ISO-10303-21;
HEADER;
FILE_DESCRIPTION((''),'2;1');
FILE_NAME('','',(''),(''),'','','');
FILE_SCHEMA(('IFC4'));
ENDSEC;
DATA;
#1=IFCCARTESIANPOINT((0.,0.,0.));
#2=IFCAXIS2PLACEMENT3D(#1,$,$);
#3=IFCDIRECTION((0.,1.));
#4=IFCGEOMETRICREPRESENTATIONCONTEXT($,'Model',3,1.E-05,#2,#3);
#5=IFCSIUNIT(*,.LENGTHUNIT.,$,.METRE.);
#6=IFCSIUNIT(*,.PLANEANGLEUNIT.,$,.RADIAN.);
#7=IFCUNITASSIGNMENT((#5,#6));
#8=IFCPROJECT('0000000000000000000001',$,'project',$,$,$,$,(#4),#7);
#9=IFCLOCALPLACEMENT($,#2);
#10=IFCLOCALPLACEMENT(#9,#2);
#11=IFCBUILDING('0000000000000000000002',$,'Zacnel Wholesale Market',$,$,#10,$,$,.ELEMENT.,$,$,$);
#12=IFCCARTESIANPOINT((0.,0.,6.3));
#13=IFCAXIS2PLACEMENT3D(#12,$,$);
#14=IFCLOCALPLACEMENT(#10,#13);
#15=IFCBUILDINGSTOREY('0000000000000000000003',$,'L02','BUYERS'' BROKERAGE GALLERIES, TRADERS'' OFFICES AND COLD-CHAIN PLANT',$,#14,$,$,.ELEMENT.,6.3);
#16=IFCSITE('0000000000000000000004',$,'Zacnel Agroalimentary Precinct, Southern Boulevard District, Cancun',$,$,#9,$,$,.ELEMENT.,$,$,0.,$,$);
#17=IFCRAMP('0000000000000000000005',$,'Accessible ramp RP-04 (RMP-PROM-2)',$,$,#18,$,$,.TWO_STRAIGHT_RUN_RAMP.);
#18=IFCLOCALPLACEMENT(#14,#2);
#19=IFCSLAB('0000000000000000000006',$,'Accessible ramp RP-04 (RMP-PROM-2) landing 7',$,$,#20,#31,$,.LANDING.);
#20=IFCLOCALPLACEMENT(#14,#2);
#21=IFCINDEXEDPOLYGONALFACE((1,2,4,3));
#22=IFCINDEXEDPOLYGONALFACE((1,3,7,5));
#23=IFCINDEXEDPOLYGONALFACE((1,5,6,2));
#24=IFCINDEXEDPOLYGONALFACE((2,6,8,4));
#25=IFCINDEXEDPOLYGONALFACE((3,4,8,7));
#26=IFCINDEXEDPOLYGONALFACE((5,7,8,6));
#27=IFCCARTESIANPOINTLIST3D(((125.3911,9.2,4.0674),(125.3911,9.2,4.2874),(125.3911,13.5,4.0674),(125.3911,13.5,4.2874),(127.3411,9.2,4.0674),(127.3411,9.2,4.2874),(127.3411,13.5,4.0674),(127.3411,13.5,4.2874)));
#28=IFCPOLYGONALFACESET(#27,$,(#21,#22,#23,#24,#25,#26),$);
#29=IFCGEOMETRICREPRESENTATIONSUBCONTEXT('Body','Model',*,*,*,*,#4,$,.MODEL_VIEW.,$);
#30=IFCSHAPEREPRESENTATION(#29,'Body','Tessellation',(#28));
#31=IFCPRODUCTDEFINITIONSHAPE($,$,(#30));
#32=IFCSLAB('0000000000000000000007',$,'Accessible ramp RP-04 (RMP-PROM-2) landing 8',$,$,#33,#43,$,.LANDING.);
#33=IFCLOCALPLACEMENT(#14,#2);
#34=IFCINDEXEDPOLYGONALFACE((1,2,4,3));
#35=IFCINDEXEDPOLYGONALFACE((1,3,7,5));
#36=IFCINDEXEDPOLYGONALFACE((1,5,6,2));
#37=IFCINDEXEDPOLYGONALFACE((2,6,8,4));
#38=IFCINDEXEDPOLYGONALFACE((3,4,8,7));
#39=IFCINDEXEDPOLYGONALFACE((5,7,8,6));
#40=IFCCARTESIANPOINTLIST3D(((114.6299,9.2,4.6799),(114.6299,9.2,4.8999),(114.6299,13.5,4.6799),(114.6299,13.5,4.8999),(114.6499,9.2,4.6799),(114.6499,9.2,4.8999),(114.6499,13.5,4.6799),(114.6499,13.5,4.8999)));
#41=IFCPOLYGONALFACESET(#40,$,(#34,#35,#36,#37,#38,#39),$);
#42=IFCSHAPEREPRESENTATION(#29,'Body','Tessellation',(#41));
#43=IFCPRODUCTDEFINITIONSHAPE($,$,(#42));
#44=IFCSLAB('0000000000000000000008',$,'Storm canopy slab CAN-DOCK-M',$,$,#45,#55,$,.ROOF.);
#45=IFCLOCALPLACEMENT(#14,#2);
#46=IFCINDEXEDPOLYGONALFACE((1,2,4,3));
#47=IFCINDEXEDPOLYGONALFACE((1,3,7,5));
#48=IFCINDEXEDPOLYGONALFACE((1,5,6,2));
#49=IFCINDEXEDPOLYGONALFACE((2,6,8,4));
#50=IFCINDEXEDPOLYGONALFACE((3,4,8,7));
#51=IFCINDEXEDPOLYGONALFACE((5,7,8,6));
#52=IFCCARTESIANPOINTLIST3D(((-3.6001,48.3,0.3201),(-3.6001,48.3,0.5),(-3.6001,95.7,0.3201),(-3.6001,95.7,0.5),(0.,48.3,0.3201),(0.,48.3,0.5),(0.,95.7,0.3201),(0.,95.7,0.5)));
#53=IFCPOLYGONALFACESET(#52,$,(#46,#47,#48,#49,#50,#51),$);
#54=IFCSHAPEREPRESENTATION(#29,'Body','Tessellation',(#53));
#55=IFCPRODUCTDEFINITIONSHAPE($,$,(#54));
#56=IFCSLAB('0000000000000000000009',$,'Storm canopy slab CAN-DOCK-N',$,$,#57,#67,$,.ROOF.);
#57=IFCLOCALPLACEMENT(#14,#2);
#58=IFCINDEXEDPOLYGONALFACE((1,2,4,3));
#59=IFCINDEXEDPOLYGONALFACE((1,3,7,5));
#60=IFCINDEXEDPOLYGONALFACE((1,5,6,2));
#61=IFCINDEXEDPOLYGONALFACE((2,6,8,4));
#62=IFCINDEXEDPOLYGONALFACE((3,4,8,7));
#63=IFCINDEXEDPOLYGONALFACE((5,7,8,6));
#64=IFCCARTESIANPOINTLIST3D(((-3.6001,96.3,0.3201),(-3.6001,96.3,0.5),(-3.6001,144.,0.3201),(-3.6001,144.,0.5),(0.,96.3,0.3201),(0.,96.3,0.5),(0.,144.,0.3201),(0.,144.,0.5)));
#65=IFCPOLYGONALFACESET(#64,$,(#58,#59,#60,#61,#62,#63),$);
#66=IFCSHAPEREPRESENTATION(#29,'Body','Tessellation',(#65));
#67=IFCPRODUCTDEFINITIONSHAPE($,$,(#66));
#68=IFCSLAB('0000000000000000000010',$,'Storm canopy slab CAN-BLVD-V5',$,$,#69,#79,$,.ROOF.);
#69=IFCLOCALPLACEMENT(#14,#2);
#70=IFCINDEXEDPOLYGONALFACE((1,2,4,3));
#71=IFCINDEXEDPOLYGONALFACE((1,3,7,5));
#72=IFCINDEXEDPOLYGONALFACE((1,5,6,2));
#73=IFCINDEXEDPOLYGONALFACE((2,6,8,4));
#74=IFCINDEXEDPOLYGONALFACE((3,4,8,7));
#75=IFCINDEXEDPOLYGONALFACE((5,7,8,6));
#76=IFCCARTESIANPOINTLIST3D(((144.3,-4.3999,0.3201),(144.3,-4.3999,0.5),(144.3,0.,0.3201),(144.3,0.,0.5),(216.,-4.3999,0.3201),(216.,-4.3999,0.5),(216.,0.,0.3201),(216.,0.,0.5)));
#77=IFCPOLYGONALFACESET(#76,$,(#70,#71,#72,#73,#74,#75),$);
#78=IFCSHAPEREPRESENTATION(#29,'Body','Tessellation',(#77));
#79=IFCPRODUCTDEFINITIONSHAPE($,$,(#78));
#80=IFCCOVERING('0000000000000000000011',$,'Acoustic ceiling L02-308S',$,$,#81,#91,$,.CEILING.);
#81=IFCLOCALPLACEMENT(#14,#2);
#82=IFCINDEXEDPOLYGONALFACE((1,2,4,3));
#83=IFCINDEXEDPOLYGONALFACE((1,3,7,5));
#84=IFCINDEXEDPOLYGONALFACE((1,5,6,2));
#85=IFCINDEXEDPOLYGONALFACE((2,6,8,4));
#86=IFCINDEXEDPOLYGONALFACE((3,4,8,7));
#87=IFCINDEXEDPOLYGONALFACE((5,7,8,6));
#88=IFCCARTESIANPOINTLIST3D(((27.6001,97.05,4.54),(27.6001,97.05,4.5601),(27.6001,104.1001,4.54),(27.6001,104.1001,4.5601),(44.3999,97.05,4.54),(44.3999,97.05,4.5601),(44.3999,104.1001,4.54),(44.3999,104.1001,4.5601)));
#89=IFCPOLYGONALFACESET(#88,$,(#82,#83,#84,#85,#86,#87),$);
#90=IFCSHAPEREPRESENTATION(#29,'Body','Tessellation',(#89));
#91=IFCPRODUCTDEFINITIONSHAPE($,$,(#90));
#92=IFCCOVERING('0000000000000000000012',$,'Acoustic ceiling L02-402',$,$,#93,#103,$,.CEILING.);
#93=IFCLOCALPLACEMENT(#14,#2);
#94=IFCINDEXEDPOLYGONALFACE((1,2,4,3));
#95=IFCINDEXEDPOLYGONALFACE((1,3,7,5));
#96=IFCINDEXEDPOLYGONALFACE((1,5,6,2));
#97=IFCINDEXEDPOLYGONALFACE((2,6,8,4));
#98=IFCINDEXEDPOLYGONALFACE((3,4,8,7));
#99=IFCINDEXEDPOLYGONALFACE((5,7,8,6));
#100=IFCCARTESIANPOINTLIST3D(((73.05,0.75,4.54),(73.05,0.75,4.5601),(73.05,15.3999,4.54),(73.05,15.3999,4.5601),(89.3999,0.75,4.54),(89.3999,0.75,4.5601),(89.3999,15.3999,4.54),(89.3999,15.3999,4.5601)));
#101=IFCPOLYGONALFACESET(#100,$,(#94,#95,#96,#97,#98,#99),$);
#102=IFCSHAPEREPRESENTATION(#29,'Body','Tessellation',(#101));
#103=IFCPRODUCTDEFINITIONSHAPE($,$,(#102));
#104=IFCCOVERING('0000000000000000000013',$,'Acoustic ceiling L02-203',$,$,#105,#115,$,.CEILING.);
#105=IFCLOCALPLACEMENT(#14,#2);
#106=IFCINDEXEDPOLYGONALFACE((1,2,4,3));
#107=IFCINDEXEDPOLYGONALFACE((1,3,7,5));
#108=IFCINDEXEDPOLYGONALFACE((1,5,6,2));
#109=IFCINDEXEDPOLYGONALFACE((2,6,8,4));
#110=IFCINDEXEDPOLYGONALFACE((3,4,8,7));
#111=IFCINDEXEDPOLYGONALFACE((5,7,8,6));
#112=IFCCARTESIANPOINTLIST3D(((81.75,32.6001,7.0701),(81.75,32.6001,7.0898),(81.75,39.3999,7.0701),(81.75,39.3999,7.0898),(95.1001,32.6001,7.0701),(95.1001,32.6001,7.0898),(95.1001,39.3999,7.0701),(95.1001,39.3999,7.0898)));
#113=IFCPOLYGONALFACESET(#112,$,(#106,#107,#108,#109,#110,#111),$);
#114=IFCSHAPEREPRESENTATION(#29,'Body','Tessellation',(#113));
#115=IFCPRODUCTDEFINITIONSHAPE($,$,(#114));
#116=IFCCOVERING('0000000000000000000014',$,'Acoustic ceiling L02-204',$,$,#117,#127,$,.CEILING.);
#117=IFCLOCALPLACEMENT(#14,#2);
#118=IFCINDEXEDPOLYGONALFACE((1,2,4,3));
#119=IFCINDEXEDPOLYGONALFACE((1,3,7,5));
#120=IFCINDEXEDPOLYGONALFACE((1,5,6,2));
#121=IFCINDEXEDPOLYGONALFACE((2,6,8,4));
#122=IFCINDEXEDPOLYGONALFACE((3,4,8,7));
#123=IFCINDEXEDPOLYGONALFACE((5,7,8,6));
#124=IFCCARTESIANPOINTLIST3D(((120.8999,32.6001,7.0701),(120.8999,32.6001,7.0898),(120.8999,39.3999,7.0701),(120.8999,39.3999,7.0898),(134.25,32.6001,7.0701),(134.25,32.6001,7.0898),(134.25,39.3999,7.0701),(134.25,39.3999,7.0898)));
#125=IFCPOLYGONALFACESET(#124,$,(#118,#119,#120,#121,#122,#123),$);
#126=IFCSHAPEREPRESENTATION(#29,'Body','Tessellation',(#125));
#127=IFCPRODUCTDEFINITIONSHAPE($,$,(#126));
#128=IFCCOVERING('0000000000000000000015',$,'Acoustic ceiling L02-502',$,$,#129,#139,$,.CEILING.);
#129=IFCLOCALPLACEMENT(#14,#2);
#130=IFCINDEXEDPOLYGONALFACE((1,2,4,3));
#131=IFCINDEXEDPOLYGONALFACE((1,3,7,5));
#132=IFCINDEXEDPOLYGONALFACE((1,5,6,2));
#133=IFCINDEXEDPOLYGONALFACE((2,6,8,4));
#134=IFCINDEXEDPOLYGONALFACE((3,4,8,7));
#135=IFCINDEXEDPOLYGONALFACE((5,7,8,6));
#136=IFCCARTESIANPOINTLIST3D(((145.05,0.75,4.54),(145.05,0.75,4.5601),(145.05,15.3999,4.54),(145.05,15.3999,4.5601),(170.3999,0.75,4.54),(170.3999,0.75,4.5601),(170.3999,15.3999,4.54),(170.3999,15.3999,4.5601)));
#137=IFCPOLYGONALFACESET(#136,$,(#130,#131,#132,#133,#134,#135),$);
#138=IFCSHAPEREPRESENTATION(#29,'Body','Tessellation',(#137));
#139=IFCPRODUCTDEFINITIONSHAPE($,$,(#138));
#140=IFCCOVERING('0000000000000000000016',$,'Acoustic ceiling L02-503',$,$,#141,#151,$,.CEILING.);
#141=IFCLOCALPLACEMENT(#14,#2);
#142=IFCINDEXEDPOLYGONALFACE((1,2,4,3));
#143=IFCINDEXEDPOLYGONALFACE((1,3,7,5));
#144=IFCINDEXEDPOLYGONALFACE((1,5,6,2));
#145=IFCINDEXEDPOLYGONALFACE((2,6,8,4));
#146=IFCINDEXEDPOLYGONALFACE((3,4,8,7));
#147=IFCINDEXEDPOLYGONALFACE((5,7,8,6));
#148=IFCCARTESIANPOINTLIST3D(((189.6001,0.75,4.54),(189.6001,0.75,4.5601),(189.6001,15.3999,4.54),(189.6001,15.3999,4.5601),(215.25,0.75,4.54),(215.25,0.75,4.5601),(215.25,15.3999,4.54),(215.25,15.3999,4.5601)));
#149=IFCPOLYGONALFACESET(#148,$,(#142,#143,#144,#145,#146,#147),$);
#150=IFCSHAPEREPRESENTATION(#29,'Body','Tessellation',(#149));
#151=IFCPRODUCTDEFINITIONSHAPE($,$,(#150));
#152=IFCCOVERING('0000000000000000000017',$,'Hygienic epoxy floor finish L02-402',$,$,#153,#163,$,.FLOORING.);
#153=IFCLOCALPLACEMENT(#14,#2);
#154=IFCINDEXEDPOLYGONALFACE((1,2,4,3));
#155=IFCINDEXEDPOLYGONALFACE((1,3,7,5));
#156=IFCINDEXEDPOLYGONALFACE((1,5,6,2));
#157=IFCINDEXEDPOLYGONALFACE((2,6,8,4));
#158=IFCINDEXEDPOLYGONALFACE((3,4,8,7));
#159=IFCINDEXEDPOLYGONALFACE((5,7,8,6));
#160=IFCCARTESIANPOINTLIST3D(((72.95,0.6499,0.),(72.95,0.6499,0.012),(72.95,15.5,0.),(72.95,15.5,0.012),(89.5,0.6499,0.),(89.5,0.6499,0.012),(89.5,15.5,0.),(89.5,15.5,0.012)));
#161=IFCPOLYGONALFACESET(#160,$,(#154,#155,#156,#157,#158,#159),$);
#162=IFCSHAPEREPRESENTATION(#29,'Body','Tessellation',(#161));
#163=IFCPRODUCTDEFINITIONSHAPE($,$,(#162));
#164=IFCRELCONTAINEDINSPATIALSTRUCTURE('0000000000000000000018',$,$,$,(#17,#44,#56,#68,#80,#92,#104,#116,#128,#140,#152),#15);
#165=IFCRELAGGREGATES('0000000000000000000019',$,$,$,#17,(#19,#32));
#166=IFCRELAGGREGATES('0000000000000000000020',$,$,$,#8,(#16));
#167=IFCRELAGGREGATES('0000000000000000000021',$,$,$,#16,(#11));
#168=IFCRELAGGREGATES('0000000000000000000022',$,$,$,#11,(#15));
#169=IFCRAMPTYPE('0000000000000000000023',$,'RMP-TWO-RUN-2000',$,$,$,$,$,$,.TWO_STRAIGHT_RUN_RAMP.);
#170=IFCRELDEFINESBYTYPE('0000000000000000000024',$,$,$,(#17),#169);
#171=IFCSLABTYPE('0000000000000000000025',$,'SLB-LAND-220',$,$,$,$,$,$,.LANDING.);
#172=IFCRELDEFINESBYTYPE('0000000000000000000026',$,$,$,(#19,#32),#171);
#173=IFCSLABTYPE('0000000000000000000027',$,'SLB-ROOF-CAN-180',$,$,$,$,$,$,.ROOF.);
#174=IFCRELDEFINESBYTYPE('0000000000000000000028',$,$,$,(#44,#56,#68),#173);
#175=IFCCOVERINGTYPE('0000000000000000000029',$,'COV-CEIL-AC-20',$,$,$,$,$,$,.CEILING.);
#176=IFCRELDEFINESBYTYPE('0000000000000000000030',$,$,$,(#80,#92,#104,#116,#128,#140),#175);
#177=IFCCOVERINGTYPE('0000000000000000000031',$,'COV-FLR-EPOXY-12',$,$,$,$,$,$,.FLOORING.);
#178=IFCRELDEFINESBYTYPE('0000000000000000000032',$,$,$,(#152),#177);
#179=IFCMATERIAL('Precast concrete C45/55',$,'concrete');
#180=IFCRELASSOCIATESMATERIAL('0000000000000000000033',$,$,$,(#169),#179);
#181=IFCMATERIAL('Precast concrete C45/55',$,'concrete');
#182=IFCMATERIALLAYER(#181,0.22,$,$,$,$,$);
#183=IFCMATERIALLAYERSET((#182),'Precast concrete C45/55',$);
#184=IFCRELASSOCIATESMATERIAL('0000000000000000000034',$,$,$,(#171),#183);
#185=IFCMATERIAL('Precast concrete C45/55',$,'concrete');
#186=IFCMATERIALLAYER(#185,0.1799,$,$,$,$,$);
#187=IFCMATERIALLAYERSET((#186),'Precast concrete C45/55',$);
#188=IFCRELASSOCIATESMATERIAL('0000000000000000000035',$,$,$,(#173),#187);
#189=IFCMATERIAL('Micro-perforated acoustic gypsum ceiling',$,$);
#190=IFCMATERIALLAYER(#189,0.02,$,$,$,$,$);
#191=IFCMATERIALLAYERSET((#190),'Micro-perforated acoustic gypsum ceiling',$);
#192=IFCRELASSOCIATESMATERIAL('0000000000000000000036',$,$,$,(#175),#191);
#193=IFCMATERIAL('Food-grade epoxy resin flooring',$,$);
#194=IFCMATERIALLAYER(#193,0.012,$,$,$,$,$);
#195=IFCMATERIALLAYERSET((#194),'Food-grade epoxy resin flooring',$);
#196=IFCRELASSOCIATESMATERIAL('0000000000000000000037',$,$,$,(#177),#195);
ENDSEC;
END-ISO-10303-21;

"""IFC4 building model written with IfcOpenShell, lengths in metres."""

from ifc_helpers import new_model, si_unit, direction, frame, origin, place, context, subcontext, project, spatial, polyline, outline, extrude, material, layer, layer_set, type_object, element, aggregate, save


model = new_model("IFC4")

# Units and contexts
model_context = context("Model", 3, precision=1e-05, world=origin(), true_north=direction((0.0, 1.0)))
body_context = subcontext(model_context, "Body", "Model", "MODEL_VIEW")
ifc_project = project(units=[si_unit("LENGTHUNIT", "METRE"), si_unit("PLANEANGLEUNIT", "RADIAN")], contexts=[model_context])

# Site, building, storey
site_placement = place(None, origin())
site = spatial("IfcSite", under=ifc_project, at=site_placement, Name="Zacnel Agroalimentary Precinct, Southern Boulevard District, Cancun", CompositionType="ELEMENT", RefElevation=0.0)
building_placement = place(site_placement, origin())
building = spatial("IfcBuilding", under=site, at=building_placement, Name="Zacnel Wholesale Market", CompositionType="ELEMENT")
storey_placement = place(building_placement, frame((0.0, 0.0, 6.3)))
storey = spatial("IfcBuildingStorey", under=building, at=storey_placement, Name="L02", Description="BUYERS' BROKERAGE GALLERIES, TRADERS' OFFICES AND COLD-CHAIN PLANT", CompositionType="ELEMENT", Elevation=6.3)

# Ramp, slabs
ifc_material_1 = material(Name="Precast concrete C45/55", Category="concrete")
ramp_type = type_object("IfcRampType", Name="RMP-TWO-RUN-2000", PredefinedType="TWO_STRAIGHT_RUN_RAMP", material=ifc_material_1)
ramp_placement = place(storey_placement, origin())
ramp = element("IfcRamp", 1, at=ramp_placement, inside=storey, type_object=ramp_type, Name="Accessible ramp RP-04 (RMP-PROM-2)", PredefinedType="TWO_STRAIGHT_RUN_RAMP")
ifc_material_2 = material(Name="Precast concrete C45/55", Category="concrete")
ifc_layer_1 = layer(ifc_material_2, 0.22)
ifc_layer_set_1 = layer_set([ifc_layer_1], Name="Precast concrete C45/55")
slab_type_1 = type_object("IfcSlabType", Name="SLB-LAND-220", PredefinedType="LANDING", material=ifc_layer_set_1)
slab_1_placement = place(storey_placement, frame((0.0, 0.0, 4.0674)))
slab_1 = element("IfcSlab", 2, at=slab_1_placement, type_object=slab_type_1, Name="Accessible ramp RP-04 (RMP-PROM-2) landing 7", PredefinedType="LANDING", context=body_context, shape_type="SweptSolid", body=[
    extrude(outline(polyline([(125.3911, 9.2), (127.3411, 9.2), (127.3411, 13.5), (125.3911, 13.5), (125.3911, 9.2)])), origin(), (0.0, 0.0, 1.0), 0.22),
])
slab_2_placement = place(storey_placement, frame((0.0, 0.0, 4.6799)))
slab_2 = element("IfcSlab", 3, at=slab_2_placement, type_object=slab_type_1, Name="Accessible ramp RP-04 (RMP-PROM-2) landing 8", PredefinedType="LANDING", context=body_context, shape_type="SweptSolid", body=[
    extrude(outline(polyline([(114.6299, 9.2), (114.6499, 9.2), (114.6499, 13.5), (114.6299, 13.5), (114.6299, 9.2)])), origin(), (0.0, 0.0, 1.0), 0.22),
])
aggregate(ramp, [slab_1, slab_2])

# Slabs
ifc_material_3 = material(Name="Precast concrete C45/55", Category="concrete")
ifc_layer_2 = layer(ifc_material_3, 0.1799)
ifc_layer_set_2 = layer_set([ifc_layer_2], Name="Precast concrete C45/55")
slab_type_2 = type_object("IfcSlabType", Name="SLB-ROOF-CAN-180", PredefinedType="ROOF", material=ifc_layer_set_2)
slab_3_placement = place(storey_placement, frame((0.0, 0.0, 0.3201)))
element("IfcSlab", 4, at=slab_3_placement, inside=storey, type_object=slab_type_2, Name="Storm canopy slab CAN-DOCK-M", PredefinedType="ROOF", context=body_context, shape_type="SweptSolid", body=[
    extrude(outline(polyline([(-3.6001, 48.3), (0.0, 48.3), (0.0, 95.7), (-3.6001, 95.7), (-3.6001, 48.3)])), origin(), (0.0, 0.0, 1.0), 0.1799),
])
slab_4_placement = place(storey_placement, frame((0.0, 0.0, 0.3201)))
element("IfcSlab", 5, at=slab_4_placement, inside=storey, type_object=slab_type_2, Name="Storm canopy slab CAN-DOCK-N", PredefinedType="ROOF", context=body_context, shape_type="SweptSolid", body=[
    extrude(outline(polyline([(-3.6001, 96.3), (0.0, 96.3), (0.0, 144.0), (-3.6001, 144.0), (-3.6001, 96.3)])), origin(), (0.0, 0.0, 1.0), 0.1799),
])
slab_5_placement = place(storey_placement, frame((0.0, 0.0, 0.3201)))
element("IfcSlab", 6, at=slab_5_placement, inside=storey, type_object=slab_type_2, Name="Storm canopy slab CAN-BLVD-V5", PredefinedType="ROOF", context=body_context, shape_type="SweptSolid", body=[
    extrude(outline(polyline([(144.3, -4.3999), (216.0, -4.3999), (216.0, 0.0), (144.3, 0.0), (144.3, -4.3999)])), origin(), (0.0, 0.0, 1.0), 0.1799),
])

# Coverings
ifc_material_4 = material(Name="Micro-perforated acoustic gypsum ceiling")
ifc_layer_3 = layer(ifc_material_4, 0.02)
ifc_layer_set_3 = layer_set([ifc_layer_3], Name="Micro-perforated acoustic gypsum ceiling")
covering_type_1 = type_object("IfcCoveringType", Name="COV-CEIL-AC-20", PredefinedType="CEILING", material=ifc_layer_set_3)
covering_1_placement = place(storey_placement, frame((0.0, 0.0, 4.54)))
element("IfcCovering", 7, at=covering_1_placement, inside=storey, type_object=covering_type_1, Name="Acoustic ceiling L02-308S", PredefinedType="CEILING", context=body_context, shape_type="SweptSolid", body=[
    extrude(outline(polyline([(27.6001, 97.05), (44.3999, 97.05), (44.3999, 104.1001), (27.6001, 104.1001), (27.6001, 97.05)])), origin(), (0.0, 0.0, 1.0), 0.02),
])
covering_2_placement = place(storey_placement, frame((0.0, 0.0, 4.54)))
element("IfcCovering", 8, at=covering_2_placement, inside=storey, type_object=covering_type_1, Name="Acoustic ceiling L02-402", PredefinedType="CEILING", context=body_context, shape_type="SweptSolid", body=[
    extrude(outline(polyline([(73.05, 0.75), (89.3999, 0.75), (89.3999, 15.3999), (73.05, 15.3999), (73.05, 0.75)])), origin(), (0.0, 0.0, 1.0), 0.02),
])
covering_3_placement = place(storey_placement, frame((0.0, 0.0, 7.0701)))
element("IfcCovering", 9, at=covering_3_placement, inside=storey, type_object=covering_type_1, Name="Acoustic ceiling L02-203", PredefinedType="CEILING", context=body_context, shape_type="SweptSolid", body=[
    extrude(outline(polyline([(81.75, 32.6001), (95.1001, 32.6001), (95.1001, 39.3999), (81.75, 39.3999), (81.75, 32.6001)])), origin(), (0.0, 0.0, 1.0), 0.0198),
])
covering_4_placement = place(storey_placement, frame((0.0, 0.0, 7.0701)))
element("IfcCovering", 10, at=covering_4_placement, inside=storey, type_object=covering_type_1, Name="Acoustic ceiling L02-204", PredefinedType="CEILING", context=body_context, shape_type="SweptSolid", body=[
    extrude(outline(polyline([(120.8999, 32.6001), (134.25, 32.6001), (134.25, 39.3999), (120.8999, 39.3999), (120.8999, 32.6001)])), origin(), (0.0, 0.0, 1.0), 0.0198),
])
covering_5_placement = place(storey_placement, frame((0.0, 0.0, 4.54)))
element("IfcCovering", 11, at=covering_5_placement, inside=storey, type_object=covering_type_1, Name="Acoustic ceiling L02-502", PredefinedType="CEILING", context=body_context, shape_type="SweptSolid", body=[
    extrude(outline(polyline([(145.05, 0.75), (170.3999, 0.75), (170.3999, 15.3999), (145.05, 15.3999), (145.05, 0.75)])), origin(), (0.0, 0.0, 1.0), 0.02),
])
covering_6_placement = place(storey_placement, frame((0.0, 0.0, 4.54)))
element("IfcCovering", 12, at=covering_6_placement, inside=storey, type_object=covering_type_1, Name="Acoustic ceiling L02-503", PredefinedType="CEILING", context=body_context, shape_type="SweptSolid", body=[
    extrude(outline(polyline([(189.6001, 0.75), (215.25, 0.75), (215.25, 15.3999), (189.6001, 15.3999), (189.6001, 0.75)])), origin(), (0.0, 0.0, 1.0), 0.02),
])
ifc_material_5 = material(Name="Food-grade epoxy resin flooring")
ifc_layer_4 = layer(ifc_material_5, 0.012)
ifc_layer_set_4 = layer_set([ifc_layer_4], Name="Food-grade epoxy resin flooring")
covering_type_2 = type_object("IfcCoveringType", Name="COV-FLR-EPOXY-12", PredefinedType="FLOORING", material=ifc_layer_set_4)
covering_7_placement = place(storey_placement, origin())
element("IfcCovering", 13, at=covering_7_placement, inside=storey, type_object=covering_type_2, Name="Hygienic epoxy floor finish L02-402", PredefinedType="FLOORING", context=body_context, shape_type="SweptSolid", body=[
    extrude(outline(polyline([(72.95, 0.6499), (89.5, 0.6499), (89.5, 15.5), (72.95, 15.5), (72.95, 0.6499)])), origin(), (0.0, 0.0, 1.0), 0.012),
])

save(model, "model.ifc")
